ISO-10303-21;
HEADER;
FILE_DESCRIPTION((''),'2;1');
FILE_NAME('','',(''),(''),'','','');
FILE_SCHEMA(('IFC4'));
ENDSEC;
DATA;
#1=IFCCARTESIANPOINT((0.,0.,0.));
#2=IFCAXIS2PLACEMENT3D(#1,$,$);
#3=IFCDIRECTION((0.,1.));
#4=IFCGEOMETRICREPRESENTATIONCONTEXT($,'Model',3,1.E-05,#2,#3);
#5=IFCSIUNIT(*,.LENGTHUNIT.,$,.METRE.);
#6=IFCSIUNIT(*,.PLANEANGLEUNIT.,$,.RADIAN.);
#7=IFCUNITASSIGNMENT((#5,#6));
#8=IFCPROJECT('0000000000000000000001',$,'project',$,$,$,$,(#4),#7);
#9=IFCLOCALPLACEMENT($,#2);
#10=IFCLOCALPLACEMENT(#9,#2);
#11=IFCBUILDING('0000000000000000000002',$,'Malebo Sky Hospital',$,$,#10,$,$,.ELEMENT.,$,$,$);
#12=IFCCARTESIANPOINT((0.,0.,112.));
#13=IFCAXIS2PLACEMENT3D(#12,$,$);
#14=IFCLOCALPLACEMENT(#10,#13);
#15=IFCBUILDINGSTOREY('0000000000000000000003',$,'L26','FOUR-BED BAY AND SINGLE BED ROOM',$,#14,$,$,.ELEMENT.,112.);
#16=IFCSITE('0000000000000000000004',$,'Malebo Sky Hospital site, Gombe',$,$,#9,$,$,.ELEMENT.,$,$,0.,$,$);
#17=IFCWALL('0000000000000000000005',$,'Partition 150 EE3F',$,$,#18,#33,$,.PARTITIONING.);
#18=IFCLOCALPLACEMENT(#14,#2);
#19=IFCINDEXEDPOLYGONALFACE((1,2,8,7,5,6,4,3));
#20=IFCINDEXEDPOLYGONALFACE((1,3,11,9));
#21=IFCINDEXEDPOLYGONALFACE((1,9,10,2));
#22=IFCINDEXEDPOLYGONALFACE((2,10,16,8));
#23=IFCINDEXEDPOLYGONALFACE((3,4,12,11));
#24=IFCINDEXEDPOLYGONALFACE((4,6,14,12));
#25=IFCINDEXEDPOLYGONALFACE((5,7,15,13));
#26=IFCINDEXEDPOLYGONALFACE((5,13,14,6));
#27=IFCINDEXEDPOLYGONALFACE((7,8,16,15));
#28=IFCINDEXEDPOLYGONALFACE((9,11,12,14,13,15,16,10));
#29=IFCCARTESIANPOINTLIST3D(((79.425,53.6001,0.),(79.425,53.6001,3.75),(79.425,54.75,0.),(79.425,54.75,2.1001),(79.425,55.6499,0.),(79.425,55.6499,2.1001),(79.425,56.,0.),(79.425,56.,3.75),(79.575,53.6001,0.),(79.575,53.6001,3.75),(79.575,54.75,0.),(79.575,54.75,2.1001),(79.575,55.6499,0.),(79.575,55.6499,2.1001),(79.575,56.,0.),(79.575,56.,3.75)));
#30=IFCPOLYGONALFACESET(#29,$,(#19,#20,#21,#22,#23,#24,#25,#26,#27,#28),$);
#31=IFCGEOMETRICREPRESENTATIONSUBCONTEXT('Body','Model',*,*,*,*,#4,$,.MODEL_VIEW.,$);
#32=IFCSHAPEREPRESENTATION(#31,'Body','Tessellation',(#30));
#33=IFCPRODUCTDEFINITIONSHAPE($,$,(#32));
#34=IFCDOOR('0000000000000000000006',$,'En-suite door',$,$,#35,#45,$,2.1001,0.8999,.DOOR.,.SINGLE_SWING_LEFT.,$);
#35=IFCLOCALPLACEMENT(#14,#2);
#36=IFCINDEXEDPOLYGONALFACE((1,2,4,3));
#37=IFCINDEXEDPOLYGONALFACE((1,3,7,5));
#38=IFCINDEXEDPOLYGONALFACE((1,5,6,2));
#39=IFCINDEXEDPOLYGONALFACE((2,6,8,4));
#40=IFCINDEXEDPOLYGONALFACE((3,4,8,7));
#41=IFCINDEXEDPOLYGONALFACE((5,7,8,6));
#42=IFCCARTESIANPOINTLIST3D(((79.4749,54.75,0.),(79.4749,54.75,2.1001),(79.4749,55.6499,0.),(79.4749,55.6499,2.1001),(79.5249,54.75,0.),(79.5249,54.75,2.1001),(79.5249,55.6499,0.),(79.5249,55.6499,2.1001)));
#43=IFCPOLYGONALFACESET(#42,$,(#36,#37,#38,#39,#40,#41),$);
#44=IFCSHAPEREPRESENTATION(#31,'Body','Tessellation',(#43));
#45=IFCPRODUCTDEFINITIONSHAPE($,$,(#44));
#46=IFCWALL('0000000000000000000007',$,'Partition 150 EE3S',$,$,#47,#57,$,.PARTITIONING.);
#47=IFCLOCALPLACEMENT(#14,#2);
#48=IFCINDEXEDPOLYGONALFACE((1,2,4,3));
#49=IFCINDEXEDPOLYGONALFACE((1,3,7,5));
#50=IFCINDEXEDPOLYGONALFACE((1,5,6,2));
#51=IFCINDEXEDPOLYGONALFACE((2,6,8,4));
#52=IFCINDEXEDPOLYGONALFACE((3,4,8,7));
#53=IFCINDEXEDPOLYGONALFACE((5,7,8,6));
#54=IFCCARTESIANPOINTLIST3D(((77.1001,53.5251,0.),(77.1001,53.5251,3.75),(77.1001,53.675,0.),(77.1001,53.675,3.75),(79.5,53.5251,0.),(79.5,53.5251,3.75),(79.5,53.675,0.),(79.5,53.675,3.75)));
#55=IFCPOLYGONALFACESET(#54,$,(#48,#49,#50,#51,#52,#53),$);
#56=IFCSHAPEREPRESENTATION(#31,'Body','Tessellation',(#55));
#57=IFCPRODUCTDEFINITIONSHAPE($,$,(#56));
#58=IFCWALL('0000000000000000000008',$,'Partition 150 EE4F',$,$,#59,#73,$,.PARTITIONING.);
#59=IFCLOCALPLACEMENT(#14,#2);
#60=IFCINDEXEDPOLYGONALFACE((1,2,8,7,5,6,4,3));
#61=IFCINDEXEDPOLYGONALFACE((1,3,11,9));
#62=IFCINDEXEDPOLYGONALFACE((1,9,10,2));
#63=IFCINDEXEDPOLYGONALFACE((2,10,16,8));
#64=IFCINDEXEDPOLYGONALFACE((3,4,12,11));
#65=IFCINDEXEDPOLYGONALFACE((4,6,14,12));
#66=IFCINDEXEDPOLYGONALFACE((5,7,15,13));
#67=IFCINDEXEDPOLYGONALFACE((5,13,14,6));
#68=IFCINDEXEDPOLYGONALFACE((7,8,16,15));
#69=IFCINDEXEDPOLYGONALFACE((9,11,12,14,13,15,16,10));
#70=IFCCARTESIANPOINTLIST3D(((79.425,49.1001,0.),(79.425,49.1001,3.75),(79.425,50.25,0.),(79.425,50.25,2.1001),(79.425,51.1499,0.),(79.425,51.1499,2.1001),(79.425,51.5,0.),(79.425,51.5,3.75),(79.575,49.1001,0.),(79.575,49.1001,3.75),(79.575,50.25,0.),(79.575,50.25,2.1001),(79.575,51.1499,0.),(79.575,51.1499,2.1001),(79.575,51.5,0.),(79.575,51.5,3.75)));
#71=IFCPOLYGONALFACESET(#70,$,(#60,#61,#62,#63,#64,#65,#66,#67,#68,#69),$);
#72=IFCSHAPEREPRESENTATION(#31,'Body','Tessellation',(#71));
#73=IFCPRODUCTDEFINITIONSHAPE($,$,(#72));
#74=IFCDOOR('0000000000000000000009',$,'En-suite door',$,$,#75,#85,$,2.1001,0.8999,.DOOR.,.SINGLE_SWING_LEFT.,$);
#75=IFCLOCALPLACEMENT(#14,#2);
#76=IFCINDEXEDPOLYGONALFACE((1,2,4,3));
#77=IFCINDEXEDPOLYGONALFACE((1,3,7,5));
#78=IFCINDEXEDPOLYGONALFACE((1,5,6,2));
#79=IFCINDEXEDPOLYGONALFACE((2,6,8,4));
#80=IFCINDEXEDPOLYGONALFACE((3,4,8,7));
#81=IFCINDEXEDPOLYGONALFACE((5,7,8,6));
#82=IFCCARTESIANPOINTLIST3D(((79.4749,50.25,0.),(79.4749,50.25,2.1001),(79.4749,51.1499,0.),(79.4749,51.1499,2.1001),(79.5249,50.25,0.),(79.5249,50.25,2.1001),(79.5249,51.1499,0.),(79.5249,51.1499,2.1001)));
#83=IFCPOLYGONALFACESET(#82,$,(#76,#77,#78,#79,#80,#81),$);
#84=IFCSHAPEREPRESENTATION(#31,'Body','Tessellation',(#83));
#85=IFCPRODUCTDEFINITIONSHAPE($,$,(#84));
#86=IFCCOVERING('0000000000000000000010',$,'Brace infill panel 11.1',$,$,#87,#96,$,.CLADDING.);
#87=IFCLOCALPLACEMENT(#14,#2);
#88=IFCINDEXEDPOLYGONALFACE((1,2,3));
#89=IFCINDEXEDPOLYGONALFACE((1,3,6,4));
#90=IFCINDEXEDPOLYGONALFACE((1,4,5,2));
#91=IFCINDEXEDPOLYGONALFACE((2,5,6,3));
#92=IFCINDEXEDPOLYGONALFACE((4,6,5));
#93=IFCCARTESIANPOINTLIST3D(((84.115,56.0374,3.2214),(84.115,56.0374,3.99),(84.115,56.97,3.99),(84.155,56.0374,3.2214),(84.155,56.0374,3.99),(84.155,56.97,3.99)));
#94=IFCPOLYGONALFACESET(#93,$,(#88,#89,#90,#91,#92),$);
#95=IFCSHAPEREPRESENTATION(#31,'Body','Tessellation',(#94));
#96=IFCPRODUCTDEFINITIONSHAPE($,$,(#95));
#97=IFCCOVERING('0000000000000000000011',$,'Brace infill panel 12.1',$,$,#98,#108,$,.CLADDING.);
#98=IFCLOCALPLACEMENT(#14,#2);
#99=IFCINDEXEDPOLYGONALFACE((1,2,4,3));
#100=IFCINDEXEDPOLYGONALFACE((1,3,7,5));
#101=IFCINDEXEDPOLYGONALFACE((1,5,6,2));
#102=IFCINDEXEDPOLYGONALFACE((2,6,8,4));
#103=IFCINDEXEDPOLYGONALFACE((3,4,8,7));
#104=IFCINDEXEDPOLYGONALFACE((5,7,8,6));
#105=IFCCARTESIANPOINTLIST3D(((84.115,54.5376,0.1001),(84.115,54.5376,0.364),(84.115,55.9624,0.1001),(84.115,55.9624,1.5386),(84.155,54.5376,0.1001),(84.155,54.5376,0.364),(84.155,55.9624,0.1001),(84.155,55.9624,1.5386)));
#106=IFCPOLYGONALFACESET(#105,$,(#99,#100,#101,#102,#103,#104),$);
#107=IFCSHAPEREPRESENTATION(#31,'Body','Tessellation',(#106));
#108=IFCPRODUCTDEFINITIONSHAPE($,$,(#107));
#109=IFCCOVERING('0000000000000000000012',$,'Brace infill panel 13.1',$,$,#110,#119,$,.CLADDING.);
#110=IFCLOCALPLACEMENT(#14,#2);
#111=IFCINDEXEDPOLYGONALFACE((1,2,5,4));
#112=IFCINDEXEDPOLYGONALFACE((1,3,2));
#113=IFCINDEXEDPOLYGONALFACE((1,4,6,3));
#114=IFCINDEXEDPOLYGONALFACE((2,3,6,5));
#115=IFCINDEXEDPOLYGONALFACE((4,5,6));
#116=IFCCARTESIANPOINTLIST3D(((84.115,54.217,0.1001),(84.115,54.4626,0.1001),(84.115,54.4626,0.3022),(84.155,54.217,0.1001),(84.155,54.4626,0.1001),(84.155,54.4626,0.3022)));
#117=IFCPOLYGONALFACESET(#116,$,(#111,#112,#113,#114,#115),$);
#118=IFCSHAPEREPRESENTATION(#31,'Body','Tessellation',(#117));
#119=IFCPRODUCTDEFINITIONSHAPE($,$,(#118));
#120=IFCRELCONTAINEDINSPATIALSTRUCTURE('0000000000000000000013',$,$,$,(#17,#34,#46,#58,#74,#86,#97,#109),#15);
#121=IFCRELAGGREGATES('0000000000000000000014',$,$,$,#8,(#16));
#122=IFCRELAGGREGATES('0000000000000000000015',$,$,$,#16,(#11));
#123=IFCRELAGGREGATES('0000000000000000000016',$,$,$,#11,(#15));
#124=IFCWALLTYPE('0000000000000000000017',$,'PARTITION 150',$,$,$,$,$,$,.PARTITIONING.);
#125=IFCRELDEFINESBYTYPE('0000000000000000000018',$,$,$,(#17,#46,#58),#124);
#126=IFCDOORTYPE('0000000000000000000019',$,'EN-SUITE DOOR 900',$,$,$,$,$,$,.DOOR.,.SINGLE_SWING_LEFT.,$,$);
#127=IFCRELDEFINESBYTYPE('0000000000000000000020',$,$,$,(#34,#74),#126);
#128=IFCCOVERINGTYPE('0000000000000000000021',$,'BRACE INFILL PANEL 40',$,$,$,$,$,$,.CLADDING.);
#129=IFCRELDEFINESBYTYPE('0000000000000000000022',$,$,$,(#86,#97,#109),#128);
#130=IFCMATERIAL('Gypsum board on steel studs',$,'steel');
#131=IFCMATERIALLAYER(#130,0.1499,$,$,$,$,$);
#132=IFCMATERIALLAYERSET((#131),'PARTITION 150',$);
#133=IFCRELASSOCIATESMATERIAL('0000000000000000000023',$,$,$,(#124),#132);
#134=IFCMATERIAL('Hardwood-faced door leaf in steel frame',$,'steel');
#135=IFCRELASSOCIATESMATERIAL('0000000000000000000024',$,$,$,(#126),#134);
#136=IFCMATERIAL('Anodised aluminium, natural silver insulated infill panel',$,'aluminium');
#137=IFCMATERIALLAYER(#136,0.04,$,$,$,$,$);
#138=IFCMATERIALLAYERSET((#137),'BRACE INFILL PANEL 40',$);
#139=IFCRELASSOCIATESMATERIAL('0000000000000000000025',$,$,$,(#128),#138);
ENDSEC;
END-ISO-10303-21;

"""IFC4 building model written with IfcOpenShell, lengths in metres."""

from ifc_helpers import new_model, si_unit, direction, frame, frame_2d, origin, place, context, subcontext, project, spatial, polyline, rectangle, outline, extrude, material, layer, layer_set, type_object, element, fill, save


model = new_model("IFC4")

# Units and contexts
model_context = context("Model", 3, precision=1e-05, world=origin(), true_north=direction((0.0, 1.0)))
body_context = subcontext(model_context, "Body", "Model", "MODEL_VIEW")
ifc_project = project(units=[si_unit("LENGTHUNIT", "METRE"), si_unit("PLANEANGLEUNIT", "RADIAN")], contexts=[model_context])

# Site, building, storey
site_placement = place(None, origin())
site = spatial("IfcSite", under=ifc_project, at=site_placement, Name="Malebo Sky Hospital site, Gombe", CompositionType="ELEMENT", RefElevation=0.0)
building_placement = place(site_placement, origin())
building = spatial("IfcBuilding", under=site, at=building_placement, Name="Malebo Sky Hospital", CompositionType="ELEMENT")
storey_placement = place(building_placement, frame((0.0, 0.0, 112.0)))
storey = spatial("IfcBuildingStorey", under=building, at=storey_placement, Name="L26", Description="FOUR-BED BAY AND SINGLE BED ROOM", CompositionType="ELEMENT", Elevation=112.0)

# Shared definitions
ifc_material_1 = material(Name="Gypsum board on steel studs", Category="steel")
ifc_layer_1 = layer(ifc_material_1, 0.1499)
ifc_layer_set_1 = layer_set([ifc_layer_1], Name="PARTITION 150")
wall_type = type_object("IfcWallType", Name="PARTITION 150", PredefinedType="PARTITIONING", material=ifc_layer_set_1)

# Wall, opening, door
wall_1_placement = place(storey_placement, frame((79.5, 56.0, 0.0), z_axis=(0.0, 0.0, 1.0), x_axis=(0.0, -1.0, 0.0)))
wall_1 = element("IfcWall", 1, at=wall_1_placement, inside=storey, type_object=wall_type, Name="Partition 150 EE3F", PredefinedType="PARTITIONING", context=body_context, shape_type="SweptSolid", body=[
    extrude(rectangle(XDim=2.3999, YDim=0.1499, at=frame_2d((1.2, 0.0))), origin(), (0.0, 0.0, 1.0), 3.75),
])
opening_1_placement = place(wall_1_placement, frame((0.3501, 0.0, 0.0)))
opening_1 = element("IfcOpeningElement", 2, at=opening_1_placement, cuts=wall_1, PredefinedType="OPENING", context=body_context, shape_type="SweptSolid", body=[
    extrude(rectangle(XDim=0.8999, YDim=2.1001, at=frame_2d((0.45, 1.05))), frame((0.0, 0.085, 0.0), z_axis=(0.0, -1.0, 0.0), x_axis=(1.0, 0.0, 0.0)), (0.0, 0.0, 1.0), 0.1699),
])
ifc_material_2 = material(Name="Hardwood-faced door leaf in steel frame", Category="steel")
door_type = type_object("IfcDoorType", Name="EN-SUITE DOOR 900", OperationType="SINGLE_SWING_LEFT", PredefinedType="DOOR", material=ifc_material_2)
door_1_placement = place(opening_1_placement, origin())
door_1 = element("IfcDoor", 3, at=door_1_placement, inside=storey, type_object=door_type, Name="En-suite door", OperationType="SINGLE_SWING_LEFT", OverallHeight=2.1001, OverallWidth=0.8999, PredefinedType="DOOR", context=body_context, shape_type="SweptSolid", body=[
    extrude(rectangle(XDim=0.8999, YDim=2.1001, at=frame_2d((0.45, 1.05))), frame((0.0, 0.0249, 0.0), z_axis=(0.0, -1.0, 0.0), x_axis=(1.0, 0.0, 0.0)), (0.0, 0.0, 1.0), 0.05),
])
fill(opening_1, door_1)

# Wall
wall_2_placement = place(storey_placement, frame((77.1001, 53.6001, 0.0), z_axis=(0.0, 0.0, 1.0), x_axis=(1.0, 0.0, 0.0)))
element("IfcWall", 4, at=wall_2_placement, inside=storey, type_object=wall_type, Name="Partition 150 EE3S", PredefinedType="PARTITIONING", context=body_context, shape_type="SweptSolid", body=[
    extrude(rectangle(XDim=2.3999, YDim=0.1499, at=frame_2d((1.2, 0.0))), origin(), (0.0, 0.0, 1.0), 3.75),
])

# Wall, opening, door
wall_3_placement = place(storey_placement, frame((79.5, 51.5, 0.0), z_axis=(0.0, 0.0, 1.0), x_axis=(0.0, -1.0, 0.0)))
wall_3 = element("IfcWall", 5, at=wall_3_placement, inside=storey, type_object=wall_type, Name="Partition 150 EE4F", PredefinedType="PARTITIONING", context=body_context, shape_type="SweptSolid", body=[
    extrude(rectangle(XDim=2.3999, YDim=0.1499, at=frame_2d((1.2, 0.0))), origin(), (0.0, 0.0, 1.0), 3.75),
])
opening_2_placement = place(wall_3_placement, frame((0.3501, 0.0, 0.0)))
opening_2 = element("IfcOpeningElement", 6, at=opening_2_placement, cuts=wall_3, PredefinedType="OPENING", context=body_context, shape_type="SweptSolid", body=[
    extrude(rectangle(XDim=0.8999, YDim=2.1001, at=frame_2d((0.45, 1.05))), frame((0.0, 0.085, 0.0), z_axis=(0.0, -1.0, 0.0), x_axis=(1.0, 0.0, 0.0)), (0.0, 0.0, 1.0), 0.1699),
])
door_2_placement = place(opening_2_placement, origin())
door_2 = element("IfcDoor", 7, at=door_2_placement, inside=storey, type_object=door_type, Name="En-suite door", OperationType="SINGLE_SWING_LEFT", OverallHeight=2.1001, OverallWidth=0.8999, PredefinedType="DOOR", context=body_context, shape_type="SweptSolid", body=[
    extrude(rectangle(XDim=0.8999, YDim=2.1001, at=frame_2d((0.45, 1.05))), frame((0.0, 0.0249, 0.0), z_axis=(0.0, -1.0, 0.0), x_axis=(1.0, 0.0, 0.0)), (0.0, 0.0, 1.0), 0.05),
])
fill(opening_2, door_2)

# Coverings
ifc_material_3 = material(Name="Anodised aluminium, natural silver insulated infill panel", Category="aluminium")
ifc_layer_2 = layer(ifc_material_3, 0.04)
ifc_layer_set_2 = layer_set([ifc_layer_2], Name="BRACE INFILL PANEL 40")
covering_type = type_object("IfcCoveringType", Name="BRACE INFILL PANEL 40", PredefinedType="CLADDING", material=ifc_layer_set_2)
covering_1_placement = place(storey_placement, frame((84.135, 56.5037, 3.2214), z_axis=(0.0, 0.0, 1.0), x_axis=(0.0, -1.0, 0.0)))
element("IfcCovering", 8, at=covering_1_placement, inside=storey, type_object=covering_type, Name="Brace infill panel 11.1", PredefinedType="CLADDING", context=body_context, shape_type="SweptSolid", body=[
    extrude(outline(polyline([(0.4663, 0.0), (0.4663, 0.7686), (-0.4663, 0.7686), (0.4663, 0.0)])), frame((0.0, 0.02, 0.0), z_axis=(0.0, -1.0, 0.0), x_axis=(1.0, 0.0, 0.0)), (0.0, 0.0, 1.0), 0.04),
])
covering_2_placement = place(storey_placement, frame((84.135, 55.25, 0.1001), z_axis=(0.0, 0.0, 1.0), x_axis=(0.0, -1.0, 0.0)))
element("IfcCovering", 9, at=covering_2_placement, inside=storey, type_object=covering_type, Name="Brace infill panel 12.1", PredefinedType="CLADDING", context=body_context, shape_type="SweptSolid", body=[
    extrude(outline(polyline([(-0.7124, 0.0), (0.7124, 0.0), (0.7124, 0.2639), (-0.7124, 1.4385), (-0.7124, 0.0)])), frame((0.0, 0.02, 0.0), z_axis=(0.0, -1.0, 0.0), x_axis=(1.0, 0.0, 0.0)), (0.0, 0.0, 1.0), 0.04),
])
covering_3_placement = place(storey_placement, frame((84.135, 54.3398, 0.1001), z_axis=(0.0, 0.0, 1.0), x_axis=(0.0, -1.0, 0.0)))
element("IfcCovering", 10, at=covering_3_placement, inside=storey, type_object=covering_type, Name="Brace infill panel 13.1", PredefinedType="CLADDING", context=body_context, shape_type="SweptSolid", body=[
    extrude(outline(polyline([(-0.1228, 0.0), (0.1228, 0.0), (-0.1228, 0.2021), (-0.1228, 0.0)])), frame((0.0, 0.02, 0.0), z_axis=(0.0, -1.0, 0.0), x_axis=(1.0, 0.0, 0.0)), (0.0, 0.0, 1.0), 0.04),
])

save(model, "model.ifc")
